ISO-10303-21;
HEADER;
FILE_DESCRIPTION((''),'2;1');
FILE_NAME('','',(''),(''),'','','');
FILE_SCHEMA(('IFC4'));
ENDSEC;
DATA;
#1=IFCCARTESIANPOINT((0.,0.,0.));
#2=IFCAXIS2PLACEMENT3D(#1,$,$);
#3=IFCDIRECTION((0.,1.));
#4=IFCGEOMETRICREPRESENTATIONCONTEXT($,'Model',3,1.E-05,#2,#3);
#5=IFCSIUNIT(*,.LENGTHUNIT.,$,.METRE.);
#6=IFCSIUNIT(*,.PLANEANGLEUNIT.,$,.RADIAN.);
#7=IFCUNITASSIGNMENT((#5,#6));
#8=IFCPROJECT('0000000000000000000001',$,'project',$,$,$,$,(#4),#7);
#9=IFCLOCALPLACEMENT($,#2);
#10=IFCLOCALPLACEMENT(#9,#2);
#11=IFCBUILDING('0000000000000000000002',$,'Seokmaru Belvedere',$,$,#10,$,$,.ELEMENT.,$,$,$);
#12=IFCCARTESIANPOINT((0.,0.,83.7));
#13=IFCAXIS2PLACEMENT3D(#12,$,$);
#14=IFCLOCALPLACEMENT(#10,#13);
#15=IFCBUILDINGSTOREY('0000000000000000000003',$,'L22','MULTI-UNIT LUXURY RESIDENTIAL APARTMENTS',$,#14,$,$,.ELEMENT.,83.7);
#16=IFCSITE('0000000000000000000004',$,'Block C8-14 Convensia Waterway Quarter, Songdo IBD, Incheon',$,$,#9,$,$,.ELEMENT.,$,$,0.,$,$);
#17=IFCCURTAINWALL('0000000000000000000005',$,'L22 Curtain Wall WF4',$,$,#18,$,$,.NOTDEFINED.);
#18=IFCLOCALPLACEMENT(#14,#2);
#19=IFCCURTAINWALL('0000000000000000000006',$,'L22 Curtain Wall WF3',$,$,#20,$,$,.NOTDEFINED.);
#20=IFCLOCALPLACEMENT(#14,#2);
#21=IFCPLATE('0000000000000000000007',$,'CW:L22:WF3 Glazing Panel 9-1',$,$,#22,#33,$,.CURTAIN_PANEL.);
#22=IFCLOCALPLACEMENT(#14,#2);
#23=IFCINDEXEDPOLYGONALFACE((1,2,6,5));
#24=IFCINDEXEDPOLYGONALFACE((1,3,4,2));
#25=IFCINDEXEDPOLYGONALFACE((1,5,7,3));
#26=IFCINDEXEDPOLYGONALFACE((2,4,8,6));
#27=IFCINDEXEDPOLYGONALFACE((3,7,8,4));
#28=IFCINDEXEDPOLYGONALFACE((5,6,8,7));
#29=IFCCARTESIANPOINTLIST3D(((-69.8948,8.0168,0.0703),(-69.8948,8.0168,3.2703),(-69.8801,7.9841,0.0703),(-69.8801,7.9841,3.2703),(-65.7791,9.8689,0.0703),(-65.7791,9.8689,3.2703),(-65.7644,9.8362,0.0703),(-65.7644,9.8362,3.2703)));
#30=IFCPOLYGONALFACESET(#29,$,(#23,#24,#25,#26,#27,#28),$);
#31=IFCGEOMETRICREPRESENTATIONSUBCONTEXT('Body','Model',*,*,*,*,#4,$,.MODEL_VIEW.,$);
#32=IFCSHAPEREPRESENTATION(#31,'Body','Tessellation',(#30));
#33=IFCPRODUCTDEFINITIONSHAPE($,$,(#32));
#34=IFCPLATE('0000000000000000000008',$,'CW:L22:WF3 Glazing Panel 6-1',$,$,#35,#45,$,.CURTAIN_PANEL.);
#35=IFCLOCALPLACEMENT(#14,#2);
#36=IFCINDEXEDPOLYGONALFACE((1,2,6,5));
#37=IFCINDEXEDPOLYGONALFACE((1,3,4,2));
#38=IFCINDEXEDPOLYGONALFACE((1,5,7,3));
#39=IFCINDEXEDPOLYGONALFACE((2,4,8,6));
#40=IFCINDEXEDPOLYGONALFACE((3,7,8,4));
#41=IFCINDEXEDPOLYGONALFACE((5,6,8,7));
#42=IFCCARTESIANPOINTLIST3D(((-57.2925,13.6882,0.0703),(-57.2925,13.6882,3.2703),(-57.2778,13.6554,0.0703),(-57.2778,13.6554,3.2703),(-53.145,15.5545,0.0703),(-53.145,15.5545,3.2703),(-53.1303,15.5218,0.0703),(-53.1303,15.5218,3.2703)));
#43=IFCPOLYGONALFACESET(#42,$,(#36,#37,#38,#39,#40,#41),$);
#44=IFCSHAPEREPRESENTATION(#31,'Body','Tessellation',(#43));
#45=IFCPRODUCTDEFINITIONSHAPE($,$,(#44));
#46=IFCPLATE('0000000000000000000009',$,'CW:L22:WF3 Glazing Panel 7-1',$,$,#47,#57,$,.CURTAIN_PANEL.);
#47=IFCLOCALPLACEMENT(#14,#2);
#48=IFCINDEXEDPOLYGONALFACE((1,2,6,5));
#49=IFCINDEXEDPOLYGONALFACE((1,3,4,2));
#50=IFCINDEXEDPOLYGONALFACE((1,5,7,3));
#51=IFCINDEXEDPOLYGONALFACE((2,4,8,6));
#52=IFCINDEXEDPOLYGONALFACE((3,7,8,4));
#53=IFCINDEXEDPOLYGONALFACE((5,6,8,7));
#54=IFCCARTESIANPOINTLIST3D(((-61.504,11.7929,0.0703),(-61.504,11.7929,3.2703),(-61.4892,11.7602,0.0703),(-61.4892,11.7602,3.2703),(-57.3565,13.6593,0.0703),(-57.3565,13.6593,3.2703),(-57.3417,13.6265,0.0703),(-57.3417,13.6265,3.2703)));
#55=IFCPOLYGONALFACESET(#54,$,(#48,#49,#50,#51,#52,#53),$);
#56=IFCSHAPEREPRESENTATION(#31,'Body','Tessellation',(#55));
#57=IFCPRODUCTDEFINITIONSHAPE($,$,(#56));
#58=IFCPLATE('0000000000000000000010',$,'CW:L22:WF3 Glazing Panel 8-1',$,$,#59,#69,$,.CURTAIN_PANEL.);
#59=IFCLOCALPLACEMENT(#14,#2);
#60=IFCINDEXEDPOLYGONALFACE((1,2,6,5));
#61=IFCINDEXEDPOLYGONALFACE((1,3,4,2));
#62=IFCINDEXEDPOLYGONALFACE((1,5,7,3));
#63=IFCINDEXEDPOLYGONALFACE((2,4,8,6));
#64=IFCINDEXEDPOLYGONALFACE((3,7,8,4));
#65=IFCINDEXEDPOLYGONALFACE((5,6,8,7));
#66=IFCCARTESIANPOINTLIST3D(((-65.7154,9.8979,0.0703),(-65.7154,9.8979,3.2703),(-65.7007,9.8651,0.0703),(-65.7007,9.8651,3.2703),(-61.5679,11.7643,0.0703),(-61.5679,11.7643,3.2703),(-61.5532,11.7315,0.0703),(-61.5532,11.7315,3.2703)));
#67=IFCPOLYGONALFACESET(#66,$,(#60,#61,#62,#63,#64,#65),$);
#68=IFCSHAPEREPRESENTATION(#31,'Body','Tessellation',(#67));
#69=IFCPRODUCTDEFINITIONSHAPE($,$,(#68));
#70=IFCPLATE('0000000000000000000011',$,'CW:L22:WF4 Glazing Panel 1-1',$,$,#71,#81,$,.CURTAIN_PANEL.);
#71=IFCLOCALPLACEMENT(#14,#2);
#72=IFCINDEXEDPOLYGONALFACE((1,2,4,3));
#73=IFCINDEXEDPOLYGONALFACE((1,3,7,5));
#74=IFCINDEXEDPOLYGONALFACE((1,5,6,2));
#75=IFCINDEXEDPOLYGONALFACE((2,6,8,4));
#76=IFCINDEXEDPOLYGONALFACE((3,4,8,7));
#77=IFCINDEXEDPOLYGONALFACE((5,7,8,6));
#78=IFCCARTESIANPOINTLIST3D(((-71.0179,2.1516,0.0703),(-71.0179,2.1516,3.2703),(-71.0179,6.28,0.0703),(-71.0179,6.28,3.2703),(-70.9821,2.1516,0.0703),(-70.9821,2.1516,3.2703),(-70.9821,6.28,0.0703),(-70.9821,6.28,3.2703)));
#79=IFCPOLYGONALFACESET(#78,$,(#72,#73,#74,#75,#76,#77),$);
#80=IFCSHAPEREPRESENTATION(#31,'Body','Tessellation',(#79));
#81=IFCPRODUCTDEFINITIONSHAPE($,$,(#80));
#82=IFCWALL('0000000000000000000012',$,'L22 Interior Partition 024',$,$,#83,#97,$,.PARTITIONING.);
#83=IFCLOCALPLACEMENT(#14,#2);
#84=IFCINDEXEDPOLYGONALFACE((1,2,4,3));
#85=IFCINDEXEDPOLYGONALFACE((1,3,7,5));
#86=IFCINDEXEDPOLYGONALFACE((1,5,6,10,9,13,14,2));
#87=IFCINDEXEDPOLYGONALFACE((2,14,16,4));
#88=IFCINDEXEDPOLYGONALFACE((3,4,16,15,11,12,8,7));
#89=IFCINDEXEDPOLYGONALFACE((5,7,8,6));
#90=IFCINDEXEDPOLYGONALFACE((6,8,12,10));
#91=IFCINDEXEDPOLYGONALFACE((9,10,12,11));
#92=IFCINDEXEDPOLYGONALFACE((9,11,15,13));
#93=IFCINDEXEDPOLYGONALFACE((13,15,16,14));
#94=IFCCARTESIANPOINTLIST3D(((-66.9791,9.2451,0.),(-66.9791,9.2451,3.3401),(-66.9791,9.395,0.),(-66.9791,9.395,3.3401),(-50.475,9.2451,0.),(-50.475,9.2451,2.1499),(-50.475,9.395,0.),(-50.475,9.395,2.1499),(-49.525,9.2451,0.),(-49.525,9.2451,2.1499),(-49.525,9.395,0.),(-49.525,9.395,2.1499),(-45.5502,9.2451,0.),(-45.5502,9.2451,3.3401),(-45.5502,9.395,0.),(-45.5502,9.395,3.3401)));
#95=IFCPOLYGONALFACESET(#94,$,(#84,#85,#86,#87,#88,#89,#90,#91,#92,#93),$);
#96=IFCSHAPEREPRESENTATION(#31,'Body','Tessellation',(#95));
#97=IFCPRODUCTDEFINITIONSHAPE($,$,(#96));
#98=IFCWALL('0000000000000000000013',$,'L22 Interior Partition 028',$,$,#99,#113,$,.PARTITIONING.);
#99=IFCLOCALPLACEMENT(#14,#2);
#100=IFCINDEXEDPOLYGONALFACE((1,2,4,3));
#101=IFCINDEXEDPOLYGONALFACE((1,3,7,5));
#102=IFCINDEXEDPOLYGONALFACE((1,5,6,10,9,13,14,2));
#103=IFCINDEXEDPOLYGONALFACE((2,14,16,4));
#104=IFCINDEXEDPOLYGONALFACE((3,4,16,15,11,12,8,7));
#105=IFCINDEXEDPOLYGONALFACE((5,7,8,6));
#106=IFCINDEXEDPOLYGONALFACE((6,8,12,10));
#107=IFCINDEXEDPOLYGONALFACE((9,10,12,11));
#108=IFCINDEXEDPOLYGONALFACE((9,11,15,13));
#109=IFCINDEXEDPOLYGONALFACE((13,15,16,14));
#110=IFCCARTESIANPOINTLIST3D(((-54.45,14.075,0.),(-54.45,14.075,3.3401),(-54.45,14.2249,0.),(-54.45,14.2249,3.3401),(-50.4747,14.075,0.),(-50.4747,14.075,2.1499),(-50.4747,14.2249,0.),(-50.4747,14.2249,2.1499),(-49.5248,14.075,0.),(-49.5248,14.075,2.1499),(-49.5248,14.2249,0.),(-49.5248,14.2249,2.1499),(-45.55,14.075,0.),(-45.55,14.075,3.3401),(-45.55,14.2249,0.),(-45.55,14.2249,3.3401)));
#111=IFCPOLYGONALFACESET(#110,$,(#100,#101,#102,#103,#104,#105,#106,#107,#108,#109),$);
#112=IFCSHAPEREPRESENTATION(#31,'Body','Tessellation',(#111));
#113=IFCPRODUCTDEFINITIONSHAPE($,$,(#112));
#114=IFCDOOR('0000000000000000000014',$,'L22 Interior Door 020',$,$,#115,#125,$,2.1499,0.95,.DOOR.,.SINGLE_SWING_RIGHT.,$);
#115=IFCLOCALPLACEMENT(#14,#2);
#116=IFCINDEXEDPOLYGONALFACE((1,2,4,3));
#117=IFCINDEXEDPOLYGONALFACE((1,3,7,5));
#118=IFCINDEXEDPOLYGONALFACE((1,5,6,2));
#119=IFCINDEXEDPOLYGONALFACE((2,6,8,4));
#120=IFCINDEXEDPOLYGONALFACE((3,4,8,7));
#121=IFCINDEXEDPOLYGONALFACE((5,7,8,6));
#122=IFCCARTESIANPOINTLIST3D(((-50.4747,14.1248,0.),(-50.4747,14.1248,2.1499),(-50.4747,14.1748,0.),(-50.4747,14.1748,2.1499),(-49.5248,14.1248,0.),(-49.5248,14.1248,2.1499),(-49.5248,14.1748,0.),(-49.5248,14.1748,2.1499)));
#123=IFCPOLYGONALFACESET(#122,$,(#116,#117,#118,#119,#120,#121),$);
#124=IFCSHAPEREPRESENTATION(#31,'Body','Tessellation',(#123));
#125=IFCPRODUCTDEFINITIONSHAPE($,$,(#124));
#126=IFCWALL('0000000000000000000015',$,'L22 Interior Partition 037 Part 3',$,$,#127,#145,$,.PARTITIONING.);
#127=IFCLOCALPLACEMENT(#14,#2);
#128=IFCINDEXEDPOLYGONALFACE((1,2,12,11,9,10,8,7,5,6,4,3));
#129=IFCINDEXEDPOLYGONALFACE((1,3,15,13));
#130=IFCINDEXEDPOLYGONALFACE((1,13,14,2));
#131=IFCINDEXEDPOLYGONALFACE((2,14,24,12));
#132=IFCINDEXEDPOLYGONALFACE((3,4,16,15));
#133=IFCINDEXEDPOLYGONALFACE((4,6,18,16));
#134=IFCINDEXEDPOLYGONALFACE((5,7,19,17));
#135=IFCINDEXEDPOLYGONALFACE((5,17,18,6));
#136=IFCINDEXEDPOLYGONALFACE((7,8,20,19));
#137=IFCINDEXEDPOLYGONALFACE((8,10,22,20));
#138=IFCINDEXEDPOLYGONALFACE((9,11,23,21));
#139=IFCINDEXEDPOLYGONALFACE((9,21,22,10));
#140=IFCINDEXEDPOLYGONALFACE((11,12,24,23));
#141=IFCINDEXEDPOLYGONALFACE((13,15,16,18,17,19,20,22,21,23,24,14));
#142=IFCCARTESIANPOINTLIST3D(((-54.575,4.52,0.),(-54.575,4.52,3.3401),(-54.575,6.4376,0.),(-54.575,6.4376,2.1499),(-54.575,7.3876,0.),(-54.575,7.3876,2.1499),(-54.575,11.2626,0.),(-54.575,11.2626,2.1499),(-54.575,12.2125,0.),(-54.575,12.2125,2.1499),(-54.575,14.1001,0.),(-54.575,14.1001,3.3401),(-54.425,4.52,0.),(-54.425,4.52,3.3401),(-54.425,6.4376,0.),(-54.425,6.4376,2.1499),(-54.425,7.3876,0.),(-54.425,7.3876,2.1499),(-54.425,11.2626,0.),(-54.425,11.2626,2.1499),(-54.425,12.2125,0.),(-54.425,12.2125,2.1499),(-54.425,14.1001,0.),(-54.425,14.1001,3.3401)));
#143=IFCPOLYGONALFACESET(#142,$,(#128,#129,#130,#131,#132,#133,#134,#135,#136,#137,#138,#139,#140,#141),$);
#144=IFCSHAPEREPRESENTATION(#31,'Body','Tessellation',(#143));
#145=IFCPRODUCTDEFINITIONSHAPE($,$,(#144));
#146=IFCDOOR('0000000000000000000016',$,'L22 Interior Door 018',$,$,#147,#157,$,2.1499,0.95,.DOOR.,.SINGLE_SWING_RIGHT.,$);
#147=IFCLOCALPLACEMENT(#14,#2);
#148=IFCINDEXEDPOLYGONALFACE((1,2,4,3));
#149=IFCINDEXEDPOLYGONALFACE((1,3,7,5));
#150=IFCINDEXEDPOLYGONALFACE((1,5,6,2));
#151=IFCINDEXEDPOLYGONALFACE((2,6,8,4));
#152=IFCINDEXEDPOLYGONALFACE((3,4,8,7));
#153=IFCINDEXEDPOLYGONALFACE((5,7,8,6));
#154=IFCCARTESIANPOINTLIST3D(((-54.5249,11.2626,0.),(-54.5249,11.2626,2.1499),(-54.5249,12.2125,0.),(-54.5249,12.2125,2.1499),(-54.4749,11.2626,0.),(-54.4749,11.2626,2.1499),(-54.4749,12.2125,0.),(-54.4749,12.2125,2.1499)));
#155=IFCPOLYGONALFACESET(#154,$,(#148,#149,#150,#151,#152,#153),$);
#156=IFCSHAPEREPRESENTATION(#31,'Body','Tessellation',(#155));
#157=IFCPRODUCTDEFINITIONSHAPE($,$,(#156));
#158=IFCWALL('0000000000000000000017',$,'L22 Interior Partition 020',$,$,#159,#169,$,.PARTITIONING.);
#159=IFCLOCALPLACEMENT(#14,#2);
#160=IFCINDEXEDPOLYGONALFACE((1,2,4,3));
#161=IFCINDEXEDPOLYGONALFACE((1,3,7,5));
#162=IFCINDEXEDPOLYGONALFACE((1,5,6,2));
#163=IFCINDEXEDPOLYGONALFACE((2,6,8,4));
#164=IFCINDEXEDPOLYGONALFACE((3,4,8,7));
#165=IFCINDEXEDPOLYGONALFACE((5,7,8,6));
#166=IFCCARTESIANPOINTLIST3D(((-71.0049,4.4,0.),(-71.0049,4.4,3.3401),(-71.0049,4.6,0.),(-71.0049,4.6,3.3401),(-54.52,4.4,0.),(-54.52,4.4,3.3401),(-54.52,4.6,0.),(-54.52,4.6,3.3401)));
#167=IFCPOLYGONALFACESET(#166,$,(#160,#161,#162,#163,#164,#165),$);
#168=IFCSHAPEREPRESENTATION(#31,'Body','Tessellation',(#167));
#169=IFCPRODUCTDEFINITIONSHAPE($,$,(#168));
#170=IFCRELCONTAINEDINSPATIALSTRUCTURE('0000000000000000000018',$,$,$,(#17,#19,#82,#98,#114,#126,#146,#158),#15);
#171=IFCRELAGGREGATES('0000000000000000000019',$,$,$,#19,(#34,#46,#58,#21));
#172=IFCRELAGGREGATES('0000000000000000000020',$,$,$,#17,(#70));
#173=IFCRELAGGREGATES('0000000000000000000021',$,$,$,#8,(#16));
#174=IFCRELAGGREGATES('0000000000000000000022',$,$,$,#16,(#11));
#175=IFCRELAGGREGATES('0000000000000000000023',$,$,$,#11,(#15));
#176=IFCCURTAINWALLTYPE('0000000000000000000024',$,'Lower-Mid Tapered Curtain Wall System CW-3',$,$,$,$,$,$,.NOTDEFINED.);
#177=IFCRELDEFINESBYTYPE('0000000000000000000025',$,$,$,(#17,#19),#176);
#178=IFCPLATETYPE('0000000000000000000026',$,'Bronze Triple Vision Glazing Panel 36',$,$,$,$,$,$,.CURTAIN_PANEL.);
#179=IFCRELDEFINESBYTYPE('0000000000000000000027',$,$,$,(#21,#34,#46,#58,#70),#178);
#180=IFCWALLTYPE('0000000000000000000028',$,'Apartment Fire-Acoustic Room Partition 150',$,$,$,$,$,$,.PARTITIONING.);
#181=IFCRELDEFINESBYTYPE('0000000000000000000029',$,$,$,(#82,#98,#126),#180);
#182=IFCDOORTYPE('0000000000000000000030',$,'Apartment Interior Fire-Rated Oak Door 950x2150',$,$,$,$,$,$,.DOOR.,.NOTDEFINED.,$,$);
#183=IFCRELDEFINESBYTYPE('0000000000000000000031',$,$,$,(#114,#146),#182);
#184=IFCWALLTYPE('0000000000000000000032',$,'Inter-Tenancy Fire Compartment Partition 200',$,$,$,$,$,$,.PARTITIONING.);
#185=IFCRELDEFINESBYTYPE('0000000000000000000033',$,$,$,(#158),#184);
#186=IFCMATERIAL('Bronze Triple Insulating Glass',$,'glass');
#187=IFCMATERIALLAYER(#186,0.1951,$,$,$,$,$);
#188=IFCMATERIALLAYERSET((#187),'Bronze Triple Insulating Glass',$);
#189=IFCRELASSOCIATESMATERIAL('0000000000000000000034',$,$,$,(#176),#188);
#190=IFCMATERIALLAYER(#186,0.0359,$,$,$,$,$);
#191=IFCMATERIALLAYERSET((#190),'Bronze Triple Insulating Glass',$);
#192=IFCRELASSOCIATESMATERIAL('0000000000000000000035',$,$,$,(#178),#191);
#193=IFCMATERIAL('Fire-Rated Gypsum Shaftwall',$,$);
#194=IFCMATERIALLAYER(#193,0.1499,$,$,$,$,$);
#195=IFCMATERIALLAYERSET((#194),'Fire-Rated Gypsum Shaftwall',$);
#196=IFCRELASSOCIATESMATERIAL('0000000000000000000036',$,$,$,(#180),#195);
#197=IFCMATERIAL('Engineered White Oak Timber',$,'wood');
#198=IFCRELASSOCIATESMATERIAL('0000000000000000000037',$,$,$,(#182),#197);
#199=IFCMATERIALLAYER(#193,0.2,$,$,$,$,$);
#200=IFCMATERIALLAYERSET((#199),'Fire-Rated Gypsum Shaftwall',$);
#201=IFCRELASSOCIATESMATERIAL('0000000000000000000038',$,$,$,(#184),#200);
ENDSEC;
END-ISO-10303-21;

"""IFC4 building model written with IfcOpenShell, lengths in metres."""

from ifc_helpers import new_model, si_unit, direction, frame, frame_2d, origin, origin_2d, place, context, subcontext, project, spatial, rectangle, extrude, source, transform, mapped, material, layer, layer_set, type_object, type_shapes, element, fill, aggregate, save


model = new_model("IFC4")

# Units and contexts
model_context = context("Model", 3, precision=1e-05, world=origin(), true_north=direction((0.0, 1.0)))
body_context = subcontext(model_context, "Body", "Model", "MODEL_VIEW")
ifc_project = project(units=[si_unit("LENGTHUNIT", "METRE"), si_unit("PLANEANGLEUNIT", "RADIAN")], contexts=[model_context])

# Site, building, storey
site_placement = place(None, origin())
site = spatial("IfcSite", under=ifc_project, at=site_placement, Name="Block C8-14 Convensia Waterway Quarter, Songdo IBD, Incheon", CompositionType="ELEMENT", RefElevation=0.0)
building_placement = place(site_placement, origin())
building = spatial("IfcBuilding", under=site, at=building_placement, Name="Seokmaru Belvedere", CompositionType="ELEMENT")
storey_placement = place(building_placement, frame((0.0, 0.0, 83.7)))
storey = spatial("IfcBuildingStorey", under=building, at=storey_placement, Name="L22", Description="MULTI-UNIT LUXURY RESIDENTIAL APARTMENTS", CompositionType="ELEMENT", Elevation=83.7)

# Curtain wall
ifc_material_1 = material(Name="Bronze Triple Insulating Glass", Category="glass")
ifc_layer_1 = layer(ifc_material_1, 0.1951)
ifc_layer_set_1 = layer_set([ifc_layer_1], Name="Bronze Triple Insulating Glass")
curtain_wall_type = type_object("IfcCurtainWallType", Name="Lower-Mid Tapered Curtain Wall System CW-3", PredefinedType="NOTDEFINED", material=ifc_layer_set_1)
curtain_wall_1_placement = place(storey_placement, origin())
curtain_wall_1 = element("IfcCurtainWall", 1, at=curtain_wall_1_placement, inside=storey, type_object=curtain_wall_type, Name="L22 Curtain Wall WF4", PredefinedType="NOTDEFINED")

# Curtain wall
curtain_wall_2_placement = place(storey_placement, origin())
curtain_wall_2 = element("IfcCurtainWall", 2, at=curtain_wall_2_placement, inside=storey, type_object=curtain_wall_type, Name="L22 Curtain Wall WF3", PredefinedType="NOTDEFINED")

# Plates
ifc_layer_2 = layer(ifc_material_1, 0.0359)
ifc_layer_set_2 = layer_set([ifc_layer_2], Name="Bronze Triple Insulating Glass")
plate_type = type_object("IfcPlateType", Name="Bronze Triple Vision Glazing Panel 36", PredefinedType="CURTAIN_PANEL", material=ifc_layer_set_2)
shared_shape_1 = source(origin(), body_context, "Body", "SweptSolid", [
    extrude(rectangle(XDim=4.5132, YDim=0.0359, at=origin_2d()), origin(), (0.0, 0.0, 1.0), 3.2),
])
plate_1_placement = place(storey_placement, frame((-67.8296, 8.9265, 0.0703), z_axis=(0.0, 0.0, 1.0), x_axis=(-0.911921, -0.410366, 0.0)))
plate_1 = element("IfcPlate", 3, at=plate_1_placement, type_object=plate_type, Name="CW:L22:WF3 Glazing Panel 9-1", PredefinedType="CURTAIN_PANEL", context=body_context, shape_type="MappedRepresentation", body=[
    mapped(shared_shape_1, transform((0.0, 0.0, 0.0), scale=1.0)),
])
shared_shape_2 = source(origin(), body_context, "Body", "SweptSolid", [
    extrude(rectangle(XDim=4.5481, YDim=0.0359, at=origin_2d()), origin(), (0.0, 0.0, 1.0), 3.2),
])
plate_2_placement = place(storey_placement, frame((-55.2114, 14.605, 0.0703), z_axis=(0.0, 0.0, 1.0), x_axis=(-0.911921, -0.410366, 0.0)))
plate_2 = element("IfcPlate", 4, at=plate_2_placement, type_object=plate_type, Name="CW:L22:WF3 Glazing Panel 6-1", PredefinedType="CURTAIN_PANEL", context=body_context, shape_type="MappedRepresentation", body=[
    mapped(shared_shape_2, transform((0.0, 0.0, 0.0), scale=1.0)),
])
plate_3_placement = place(storey_placement, frame((-59.4229, 12.7097, 0.0703), z_axis=(0.0, 0.0, 1.0), x_axis=(-0.911921, -0.410366, 0.0)))
plate_3 = element("IfcPlate", 5, at=plate_3_placement, type_object=plate_type, Name="CW:L22:WF3 Glazing Panel 7-1", PredefinedType="CURTAIN_PANEL", context=body_context, shape_type="MappedRepresentation", body=[
    mapped(shared_shape_2, transform((0.0, 0.0, 0.0), scale=1.0)),
])
plate_4_placement = place(storey_placement, frame((-63.6343, 10.8147, 0.0703), z_axis=(0.0, 0.0, 1.0), x_axis=(-0.911921, -0.410366, 0.0)))
plate_4 = element("IfcPlate", 6, at=plate_4_placement, type_object=plate_type, Name="CW:L22:WF3 Glazing Panel 8-1", PredefinedType="CURTAIN_PANEL", context=body_context, shape_type="MappedRepresentation", body=[
    mapped(shared_shape_2, transform((0.0, 0.0, 0.0), scale=1.0)),
])
aggregate(curtain_wall_2, [plate_2, plate_3, plate_4, plate_1])
shared_shape_3 = source(origin(), body_context, "Body", "SweptSolid", [
    extrude(rectangle(XDim=4.1284, YDim=0.0359, at=origin_2d()), origin(), (0.0, 0.0, 1.0), 3.2),
])
type_shapes(plate_type, [shared_shape_1, shared_shape_2, shared_shape_3])
plate_5_placement = place(storey_placement, frame((-71.0, 4.2158, 0.0703), z_axis=(0.0, 0.0, 1.0), x_axis=(0.0, -1.0, 0.0)))
plate_5 = element("IfcPlate", 7, at=plate_5_placement, type_object=plate_type, Name="CW:L22:WF4 Glazing Panel 1-1", PredefinedType="CURTAIN_PANEL", context=body_context, shape_type="MappedRepresentation", body=[
    mapped(shared_shape_3, transform((0.0, 0.0, 0.0), scale=1.0)),
])
aggregate(curtain_wall_1, [plate_5])

# Wall, opening
ifc_material_2 = material(Name="Fire-Rated Gypsum Shaftwall")
ifc_layer_3 = layer(ifc_material_2, 0.1499)
ifc_layer_set_3 = layer_set([ifc_layer_3], Name="Fire-Rated Gypsum Shaftwall")
wall_type_1 = type_object("IfcWallType", Name="Apartment Fire-Acoustic Room Partition 150", PredefinedType="PARTITIONING", material=ifc_layer_set_3)
wall_1_placement = place(storey_placement, frame((-66.979, 9.3201, 0.0), z_axis=(0.0, 0.0, 1.0), x_axis=(1.0, 0.0, 0.0)))
wall_1 = element("IfcWall", 8, at=wall_1_placement, inside=storey, type_object=wall_type_1, Name="L22 Interior Partition 024", PredefinedType="PARTITIONING", context=body_context, shape_type="SweptSolid", body=[
    extrude(rectangle(XDim=21.429, YDim=0.1499, at=frame_2d((10.7144, 0.0))), origin(), (0.0, 0.0, 1.0), 3.3401),
])
opening_1_placement = place(wall_1_placement, frame((16.5039, 0.0, 0.0)))
element("IfcOpeningElement", 9, at=opening_1_placement, cuts=wall_1, PredefinedType="OPENING", context=body_context, shape_type="SweptSolid", body=[
    extrude(rectangle(XDim=0.95, YDim=2.1499, at=frame_2d((0.4751, 1.075))), frame((0.0, 0.085, 0.0), z_axis=(0.0, -1.0, 0.0), x_axis=(1.0, 0.0, 0.0)), (0.0, 0.0, 1.0), 0.1699),
])

# Wall, opening, door
wall_2_placement = place(storey_placement, frame((-54.45, 14.1499, 0.0), z_axis=(0.0, 0.0, 1.0), x_axis=(1.0, 0.0, 0.0)))
wall_2 = element("IfcWall", 10, at=wall_2_placement, inside=storey, type_object=wall_type_1, Name="L22 Interior Partition 028", PredefinedType="PARTITIONING", context=body_context, shape_type="SweptSolid", body=[
    extrude(rectangle(XDim=8.8999, YDim=0.1499, at=frame_2d((4.45, 0.0))), origin(), (0.0, 0.0, 1.0), 3.3401),
])
opening_2_placement = place(wall_2_placement, frame((3.9751, 0.0, 0.0)))
opening_2 = element("IfcOpeningElement", 11, at=opening_2_placement, cuts=wall_2, PredefinedType="OPENING", context=body_context, shape_type="SweptSolid", body=[
    extrude(rectangle(XDim=0.95, YDim=2.1499, at=frame_2d((0.4751, 1.075))), frame((0.0, 0.085, 0.0), z_axis=(0.0, -1.0, 0.0), x_axis=(1.0, 0.0, 0.0)), (0.0, 0.0, 1.0), 0.1699),
])
ifc_material_3 = material(Name="Engineered White Oak Timber", Category="wood")
door_type = type_object("IfcDoorType", Name="Apartment Interior Fire-Rated Oak Door 950x2150", OperationType="NOTDEFINED", PredefinedType="DOOR", material=ifc_material_3)
shared_shape_4 = source(origin(), body_context, "Body", "SweptSolid", [
    extrude(rectangle(XDim=0.95, YDim=2.1499, at=frame_2d((0.4751, 1.075))), frame((0.0, 0.0249, 0.0), z_axis=(0.0, -1.0, 0.0), x_axis=(1.0, 0.0, 0.0)), (0.0, 0.0, 1.0), 0.05),
])
type_shapes(door_type, [shared_shape_4])
door_1_placement = place(opening_2_placement, origin())
door_1 = element("IfcDoor", 12, at=door_1_placement, inside=storey, type_object=door_type, Name="L22 Interior Door 020", OperationType="SINGLE_SWING_RIGHT", OverallHeight=2.1499, OverallWidth=0.95, PredefinedType="DOOR", context=body_context, shape_type="MappedRepresentation", body=[
    mapped(shared_shape_4, transform((0.0, 0.0, 0.0), scale=1.0)),
])
fill(opening_2, door_1)

# Wall, openings, door
wall_3_placement = place(storey_placement, frame((-54.5, 4.52, 0.0), z_axis=(0.0, 0.0, 1.0), x_axis=(0.0, 1.0, 0.0)))
wall_3 = element("IfcWall", 13, at=wall_3_placement, inside=storey, type_object=wall_type_1, Name="L22 Interior Partition 037 Part 3", PredefinedType="PARTITIONING", context=body_context, shape_type="SweptSolid", body=[
    extrude(rectangle(XDim=9.5801, YDim=0.1499, at=frame_2d((4.79, 0.0))), origin(), (0.0, 0.0, 1.0), 3.3401),
])
opening_3_placement = place(wall_3_placement, frame((6.7424, 0.0, 0.0)))
opening_3 = element("IfcOpeningElement", 14, at=opening_3_placement, cuts=wall_3, PredefinedType="OPENING", context=body_context, shape_type="SweptSolid", body=[
    extrude(rectangle(XDim=0.95, YDim=2.1499, at=frame_2d((0.4751, 1.075))), frame((0.0, 0.085, 0.0), z_axis=(0.0, -1.0, 0.0), x_axis=(1.0, 0.0, 0.0)), (0.0, 0.0, 1.0), 0.1699),
])
opening_4_placement = place(wall_3_placement, frame((1.9175, 0.0, 0.0)))
element("IfcOpeningElement", 15, at=opening_4_placement, cuts=wall_3, PredefinedType="OPENING", context=body_context, shape_type="SweptSolid", body=[
    extrude(rectangle(XDim=0.95, YDim=2.1499, at=frame_2d((0.4751, 1.075))), frame((0.0, 0.085, 0.0), z_axis=(0.0, -1.0, 0.0), x_axis=(1.0, 0.0, 0.0)), (0.0, 0.0, 1.0), 0.1699),
])
door_2_placement = place(opening_3_placement, origin())
door_2 = element("IfcDoor", 16, at=door_2_placement, inside=storey, type_object=door_type, Name="L22 Interior Door 018", OperationType="SINGLE_SWING_RIGHT", OverallHeight=2.1499, OverallWidth=0.95, PredefinedType="DOOR", context=body_context, shape_type="MappedRepresentation", body=[
    mapped(shared_shape_4, transform((0.0, 0.0, 0.0), scale=1.0)),
])
fill(opening_3, door_2)

# Wall
ifc_layer_4 = layer(ifc_material_2, 0.2)
ifc_layer_set_4 = layer_set([ifc_layer_4], Name="Fire-Rated Gypsum Shaftwall")
wall_type_2 = type_object("IfcWallType", Name="Inter-Tenancy Fire Compartment Partition 200", PredefinedType="PARTITIONING", material=ifc_layer_set_4)
wall_4_placement = place(storey_placement, frame((-71.0049, 4.5, 0.0), z_axis=(0.0, 0.0, 1.0), x_axis=(1.0, 0.0, 0.0)))
element("IfcWall", 17, at=wall_4_placement, inside=storey, type_object=wall_type_2, Name="L22 Interior Partition 020", PredefinedType="PARTITIONING", context=body_context, shape_type="SweptSolid", body=[
    extrude(rectangle(XDim=16.4849, YDim=0.2, at=frame_2d((8.2424, 0.0))), origin(), (0.0, 0.0, 1.0), 3.3401),
])

save(model, "model.ifc")
